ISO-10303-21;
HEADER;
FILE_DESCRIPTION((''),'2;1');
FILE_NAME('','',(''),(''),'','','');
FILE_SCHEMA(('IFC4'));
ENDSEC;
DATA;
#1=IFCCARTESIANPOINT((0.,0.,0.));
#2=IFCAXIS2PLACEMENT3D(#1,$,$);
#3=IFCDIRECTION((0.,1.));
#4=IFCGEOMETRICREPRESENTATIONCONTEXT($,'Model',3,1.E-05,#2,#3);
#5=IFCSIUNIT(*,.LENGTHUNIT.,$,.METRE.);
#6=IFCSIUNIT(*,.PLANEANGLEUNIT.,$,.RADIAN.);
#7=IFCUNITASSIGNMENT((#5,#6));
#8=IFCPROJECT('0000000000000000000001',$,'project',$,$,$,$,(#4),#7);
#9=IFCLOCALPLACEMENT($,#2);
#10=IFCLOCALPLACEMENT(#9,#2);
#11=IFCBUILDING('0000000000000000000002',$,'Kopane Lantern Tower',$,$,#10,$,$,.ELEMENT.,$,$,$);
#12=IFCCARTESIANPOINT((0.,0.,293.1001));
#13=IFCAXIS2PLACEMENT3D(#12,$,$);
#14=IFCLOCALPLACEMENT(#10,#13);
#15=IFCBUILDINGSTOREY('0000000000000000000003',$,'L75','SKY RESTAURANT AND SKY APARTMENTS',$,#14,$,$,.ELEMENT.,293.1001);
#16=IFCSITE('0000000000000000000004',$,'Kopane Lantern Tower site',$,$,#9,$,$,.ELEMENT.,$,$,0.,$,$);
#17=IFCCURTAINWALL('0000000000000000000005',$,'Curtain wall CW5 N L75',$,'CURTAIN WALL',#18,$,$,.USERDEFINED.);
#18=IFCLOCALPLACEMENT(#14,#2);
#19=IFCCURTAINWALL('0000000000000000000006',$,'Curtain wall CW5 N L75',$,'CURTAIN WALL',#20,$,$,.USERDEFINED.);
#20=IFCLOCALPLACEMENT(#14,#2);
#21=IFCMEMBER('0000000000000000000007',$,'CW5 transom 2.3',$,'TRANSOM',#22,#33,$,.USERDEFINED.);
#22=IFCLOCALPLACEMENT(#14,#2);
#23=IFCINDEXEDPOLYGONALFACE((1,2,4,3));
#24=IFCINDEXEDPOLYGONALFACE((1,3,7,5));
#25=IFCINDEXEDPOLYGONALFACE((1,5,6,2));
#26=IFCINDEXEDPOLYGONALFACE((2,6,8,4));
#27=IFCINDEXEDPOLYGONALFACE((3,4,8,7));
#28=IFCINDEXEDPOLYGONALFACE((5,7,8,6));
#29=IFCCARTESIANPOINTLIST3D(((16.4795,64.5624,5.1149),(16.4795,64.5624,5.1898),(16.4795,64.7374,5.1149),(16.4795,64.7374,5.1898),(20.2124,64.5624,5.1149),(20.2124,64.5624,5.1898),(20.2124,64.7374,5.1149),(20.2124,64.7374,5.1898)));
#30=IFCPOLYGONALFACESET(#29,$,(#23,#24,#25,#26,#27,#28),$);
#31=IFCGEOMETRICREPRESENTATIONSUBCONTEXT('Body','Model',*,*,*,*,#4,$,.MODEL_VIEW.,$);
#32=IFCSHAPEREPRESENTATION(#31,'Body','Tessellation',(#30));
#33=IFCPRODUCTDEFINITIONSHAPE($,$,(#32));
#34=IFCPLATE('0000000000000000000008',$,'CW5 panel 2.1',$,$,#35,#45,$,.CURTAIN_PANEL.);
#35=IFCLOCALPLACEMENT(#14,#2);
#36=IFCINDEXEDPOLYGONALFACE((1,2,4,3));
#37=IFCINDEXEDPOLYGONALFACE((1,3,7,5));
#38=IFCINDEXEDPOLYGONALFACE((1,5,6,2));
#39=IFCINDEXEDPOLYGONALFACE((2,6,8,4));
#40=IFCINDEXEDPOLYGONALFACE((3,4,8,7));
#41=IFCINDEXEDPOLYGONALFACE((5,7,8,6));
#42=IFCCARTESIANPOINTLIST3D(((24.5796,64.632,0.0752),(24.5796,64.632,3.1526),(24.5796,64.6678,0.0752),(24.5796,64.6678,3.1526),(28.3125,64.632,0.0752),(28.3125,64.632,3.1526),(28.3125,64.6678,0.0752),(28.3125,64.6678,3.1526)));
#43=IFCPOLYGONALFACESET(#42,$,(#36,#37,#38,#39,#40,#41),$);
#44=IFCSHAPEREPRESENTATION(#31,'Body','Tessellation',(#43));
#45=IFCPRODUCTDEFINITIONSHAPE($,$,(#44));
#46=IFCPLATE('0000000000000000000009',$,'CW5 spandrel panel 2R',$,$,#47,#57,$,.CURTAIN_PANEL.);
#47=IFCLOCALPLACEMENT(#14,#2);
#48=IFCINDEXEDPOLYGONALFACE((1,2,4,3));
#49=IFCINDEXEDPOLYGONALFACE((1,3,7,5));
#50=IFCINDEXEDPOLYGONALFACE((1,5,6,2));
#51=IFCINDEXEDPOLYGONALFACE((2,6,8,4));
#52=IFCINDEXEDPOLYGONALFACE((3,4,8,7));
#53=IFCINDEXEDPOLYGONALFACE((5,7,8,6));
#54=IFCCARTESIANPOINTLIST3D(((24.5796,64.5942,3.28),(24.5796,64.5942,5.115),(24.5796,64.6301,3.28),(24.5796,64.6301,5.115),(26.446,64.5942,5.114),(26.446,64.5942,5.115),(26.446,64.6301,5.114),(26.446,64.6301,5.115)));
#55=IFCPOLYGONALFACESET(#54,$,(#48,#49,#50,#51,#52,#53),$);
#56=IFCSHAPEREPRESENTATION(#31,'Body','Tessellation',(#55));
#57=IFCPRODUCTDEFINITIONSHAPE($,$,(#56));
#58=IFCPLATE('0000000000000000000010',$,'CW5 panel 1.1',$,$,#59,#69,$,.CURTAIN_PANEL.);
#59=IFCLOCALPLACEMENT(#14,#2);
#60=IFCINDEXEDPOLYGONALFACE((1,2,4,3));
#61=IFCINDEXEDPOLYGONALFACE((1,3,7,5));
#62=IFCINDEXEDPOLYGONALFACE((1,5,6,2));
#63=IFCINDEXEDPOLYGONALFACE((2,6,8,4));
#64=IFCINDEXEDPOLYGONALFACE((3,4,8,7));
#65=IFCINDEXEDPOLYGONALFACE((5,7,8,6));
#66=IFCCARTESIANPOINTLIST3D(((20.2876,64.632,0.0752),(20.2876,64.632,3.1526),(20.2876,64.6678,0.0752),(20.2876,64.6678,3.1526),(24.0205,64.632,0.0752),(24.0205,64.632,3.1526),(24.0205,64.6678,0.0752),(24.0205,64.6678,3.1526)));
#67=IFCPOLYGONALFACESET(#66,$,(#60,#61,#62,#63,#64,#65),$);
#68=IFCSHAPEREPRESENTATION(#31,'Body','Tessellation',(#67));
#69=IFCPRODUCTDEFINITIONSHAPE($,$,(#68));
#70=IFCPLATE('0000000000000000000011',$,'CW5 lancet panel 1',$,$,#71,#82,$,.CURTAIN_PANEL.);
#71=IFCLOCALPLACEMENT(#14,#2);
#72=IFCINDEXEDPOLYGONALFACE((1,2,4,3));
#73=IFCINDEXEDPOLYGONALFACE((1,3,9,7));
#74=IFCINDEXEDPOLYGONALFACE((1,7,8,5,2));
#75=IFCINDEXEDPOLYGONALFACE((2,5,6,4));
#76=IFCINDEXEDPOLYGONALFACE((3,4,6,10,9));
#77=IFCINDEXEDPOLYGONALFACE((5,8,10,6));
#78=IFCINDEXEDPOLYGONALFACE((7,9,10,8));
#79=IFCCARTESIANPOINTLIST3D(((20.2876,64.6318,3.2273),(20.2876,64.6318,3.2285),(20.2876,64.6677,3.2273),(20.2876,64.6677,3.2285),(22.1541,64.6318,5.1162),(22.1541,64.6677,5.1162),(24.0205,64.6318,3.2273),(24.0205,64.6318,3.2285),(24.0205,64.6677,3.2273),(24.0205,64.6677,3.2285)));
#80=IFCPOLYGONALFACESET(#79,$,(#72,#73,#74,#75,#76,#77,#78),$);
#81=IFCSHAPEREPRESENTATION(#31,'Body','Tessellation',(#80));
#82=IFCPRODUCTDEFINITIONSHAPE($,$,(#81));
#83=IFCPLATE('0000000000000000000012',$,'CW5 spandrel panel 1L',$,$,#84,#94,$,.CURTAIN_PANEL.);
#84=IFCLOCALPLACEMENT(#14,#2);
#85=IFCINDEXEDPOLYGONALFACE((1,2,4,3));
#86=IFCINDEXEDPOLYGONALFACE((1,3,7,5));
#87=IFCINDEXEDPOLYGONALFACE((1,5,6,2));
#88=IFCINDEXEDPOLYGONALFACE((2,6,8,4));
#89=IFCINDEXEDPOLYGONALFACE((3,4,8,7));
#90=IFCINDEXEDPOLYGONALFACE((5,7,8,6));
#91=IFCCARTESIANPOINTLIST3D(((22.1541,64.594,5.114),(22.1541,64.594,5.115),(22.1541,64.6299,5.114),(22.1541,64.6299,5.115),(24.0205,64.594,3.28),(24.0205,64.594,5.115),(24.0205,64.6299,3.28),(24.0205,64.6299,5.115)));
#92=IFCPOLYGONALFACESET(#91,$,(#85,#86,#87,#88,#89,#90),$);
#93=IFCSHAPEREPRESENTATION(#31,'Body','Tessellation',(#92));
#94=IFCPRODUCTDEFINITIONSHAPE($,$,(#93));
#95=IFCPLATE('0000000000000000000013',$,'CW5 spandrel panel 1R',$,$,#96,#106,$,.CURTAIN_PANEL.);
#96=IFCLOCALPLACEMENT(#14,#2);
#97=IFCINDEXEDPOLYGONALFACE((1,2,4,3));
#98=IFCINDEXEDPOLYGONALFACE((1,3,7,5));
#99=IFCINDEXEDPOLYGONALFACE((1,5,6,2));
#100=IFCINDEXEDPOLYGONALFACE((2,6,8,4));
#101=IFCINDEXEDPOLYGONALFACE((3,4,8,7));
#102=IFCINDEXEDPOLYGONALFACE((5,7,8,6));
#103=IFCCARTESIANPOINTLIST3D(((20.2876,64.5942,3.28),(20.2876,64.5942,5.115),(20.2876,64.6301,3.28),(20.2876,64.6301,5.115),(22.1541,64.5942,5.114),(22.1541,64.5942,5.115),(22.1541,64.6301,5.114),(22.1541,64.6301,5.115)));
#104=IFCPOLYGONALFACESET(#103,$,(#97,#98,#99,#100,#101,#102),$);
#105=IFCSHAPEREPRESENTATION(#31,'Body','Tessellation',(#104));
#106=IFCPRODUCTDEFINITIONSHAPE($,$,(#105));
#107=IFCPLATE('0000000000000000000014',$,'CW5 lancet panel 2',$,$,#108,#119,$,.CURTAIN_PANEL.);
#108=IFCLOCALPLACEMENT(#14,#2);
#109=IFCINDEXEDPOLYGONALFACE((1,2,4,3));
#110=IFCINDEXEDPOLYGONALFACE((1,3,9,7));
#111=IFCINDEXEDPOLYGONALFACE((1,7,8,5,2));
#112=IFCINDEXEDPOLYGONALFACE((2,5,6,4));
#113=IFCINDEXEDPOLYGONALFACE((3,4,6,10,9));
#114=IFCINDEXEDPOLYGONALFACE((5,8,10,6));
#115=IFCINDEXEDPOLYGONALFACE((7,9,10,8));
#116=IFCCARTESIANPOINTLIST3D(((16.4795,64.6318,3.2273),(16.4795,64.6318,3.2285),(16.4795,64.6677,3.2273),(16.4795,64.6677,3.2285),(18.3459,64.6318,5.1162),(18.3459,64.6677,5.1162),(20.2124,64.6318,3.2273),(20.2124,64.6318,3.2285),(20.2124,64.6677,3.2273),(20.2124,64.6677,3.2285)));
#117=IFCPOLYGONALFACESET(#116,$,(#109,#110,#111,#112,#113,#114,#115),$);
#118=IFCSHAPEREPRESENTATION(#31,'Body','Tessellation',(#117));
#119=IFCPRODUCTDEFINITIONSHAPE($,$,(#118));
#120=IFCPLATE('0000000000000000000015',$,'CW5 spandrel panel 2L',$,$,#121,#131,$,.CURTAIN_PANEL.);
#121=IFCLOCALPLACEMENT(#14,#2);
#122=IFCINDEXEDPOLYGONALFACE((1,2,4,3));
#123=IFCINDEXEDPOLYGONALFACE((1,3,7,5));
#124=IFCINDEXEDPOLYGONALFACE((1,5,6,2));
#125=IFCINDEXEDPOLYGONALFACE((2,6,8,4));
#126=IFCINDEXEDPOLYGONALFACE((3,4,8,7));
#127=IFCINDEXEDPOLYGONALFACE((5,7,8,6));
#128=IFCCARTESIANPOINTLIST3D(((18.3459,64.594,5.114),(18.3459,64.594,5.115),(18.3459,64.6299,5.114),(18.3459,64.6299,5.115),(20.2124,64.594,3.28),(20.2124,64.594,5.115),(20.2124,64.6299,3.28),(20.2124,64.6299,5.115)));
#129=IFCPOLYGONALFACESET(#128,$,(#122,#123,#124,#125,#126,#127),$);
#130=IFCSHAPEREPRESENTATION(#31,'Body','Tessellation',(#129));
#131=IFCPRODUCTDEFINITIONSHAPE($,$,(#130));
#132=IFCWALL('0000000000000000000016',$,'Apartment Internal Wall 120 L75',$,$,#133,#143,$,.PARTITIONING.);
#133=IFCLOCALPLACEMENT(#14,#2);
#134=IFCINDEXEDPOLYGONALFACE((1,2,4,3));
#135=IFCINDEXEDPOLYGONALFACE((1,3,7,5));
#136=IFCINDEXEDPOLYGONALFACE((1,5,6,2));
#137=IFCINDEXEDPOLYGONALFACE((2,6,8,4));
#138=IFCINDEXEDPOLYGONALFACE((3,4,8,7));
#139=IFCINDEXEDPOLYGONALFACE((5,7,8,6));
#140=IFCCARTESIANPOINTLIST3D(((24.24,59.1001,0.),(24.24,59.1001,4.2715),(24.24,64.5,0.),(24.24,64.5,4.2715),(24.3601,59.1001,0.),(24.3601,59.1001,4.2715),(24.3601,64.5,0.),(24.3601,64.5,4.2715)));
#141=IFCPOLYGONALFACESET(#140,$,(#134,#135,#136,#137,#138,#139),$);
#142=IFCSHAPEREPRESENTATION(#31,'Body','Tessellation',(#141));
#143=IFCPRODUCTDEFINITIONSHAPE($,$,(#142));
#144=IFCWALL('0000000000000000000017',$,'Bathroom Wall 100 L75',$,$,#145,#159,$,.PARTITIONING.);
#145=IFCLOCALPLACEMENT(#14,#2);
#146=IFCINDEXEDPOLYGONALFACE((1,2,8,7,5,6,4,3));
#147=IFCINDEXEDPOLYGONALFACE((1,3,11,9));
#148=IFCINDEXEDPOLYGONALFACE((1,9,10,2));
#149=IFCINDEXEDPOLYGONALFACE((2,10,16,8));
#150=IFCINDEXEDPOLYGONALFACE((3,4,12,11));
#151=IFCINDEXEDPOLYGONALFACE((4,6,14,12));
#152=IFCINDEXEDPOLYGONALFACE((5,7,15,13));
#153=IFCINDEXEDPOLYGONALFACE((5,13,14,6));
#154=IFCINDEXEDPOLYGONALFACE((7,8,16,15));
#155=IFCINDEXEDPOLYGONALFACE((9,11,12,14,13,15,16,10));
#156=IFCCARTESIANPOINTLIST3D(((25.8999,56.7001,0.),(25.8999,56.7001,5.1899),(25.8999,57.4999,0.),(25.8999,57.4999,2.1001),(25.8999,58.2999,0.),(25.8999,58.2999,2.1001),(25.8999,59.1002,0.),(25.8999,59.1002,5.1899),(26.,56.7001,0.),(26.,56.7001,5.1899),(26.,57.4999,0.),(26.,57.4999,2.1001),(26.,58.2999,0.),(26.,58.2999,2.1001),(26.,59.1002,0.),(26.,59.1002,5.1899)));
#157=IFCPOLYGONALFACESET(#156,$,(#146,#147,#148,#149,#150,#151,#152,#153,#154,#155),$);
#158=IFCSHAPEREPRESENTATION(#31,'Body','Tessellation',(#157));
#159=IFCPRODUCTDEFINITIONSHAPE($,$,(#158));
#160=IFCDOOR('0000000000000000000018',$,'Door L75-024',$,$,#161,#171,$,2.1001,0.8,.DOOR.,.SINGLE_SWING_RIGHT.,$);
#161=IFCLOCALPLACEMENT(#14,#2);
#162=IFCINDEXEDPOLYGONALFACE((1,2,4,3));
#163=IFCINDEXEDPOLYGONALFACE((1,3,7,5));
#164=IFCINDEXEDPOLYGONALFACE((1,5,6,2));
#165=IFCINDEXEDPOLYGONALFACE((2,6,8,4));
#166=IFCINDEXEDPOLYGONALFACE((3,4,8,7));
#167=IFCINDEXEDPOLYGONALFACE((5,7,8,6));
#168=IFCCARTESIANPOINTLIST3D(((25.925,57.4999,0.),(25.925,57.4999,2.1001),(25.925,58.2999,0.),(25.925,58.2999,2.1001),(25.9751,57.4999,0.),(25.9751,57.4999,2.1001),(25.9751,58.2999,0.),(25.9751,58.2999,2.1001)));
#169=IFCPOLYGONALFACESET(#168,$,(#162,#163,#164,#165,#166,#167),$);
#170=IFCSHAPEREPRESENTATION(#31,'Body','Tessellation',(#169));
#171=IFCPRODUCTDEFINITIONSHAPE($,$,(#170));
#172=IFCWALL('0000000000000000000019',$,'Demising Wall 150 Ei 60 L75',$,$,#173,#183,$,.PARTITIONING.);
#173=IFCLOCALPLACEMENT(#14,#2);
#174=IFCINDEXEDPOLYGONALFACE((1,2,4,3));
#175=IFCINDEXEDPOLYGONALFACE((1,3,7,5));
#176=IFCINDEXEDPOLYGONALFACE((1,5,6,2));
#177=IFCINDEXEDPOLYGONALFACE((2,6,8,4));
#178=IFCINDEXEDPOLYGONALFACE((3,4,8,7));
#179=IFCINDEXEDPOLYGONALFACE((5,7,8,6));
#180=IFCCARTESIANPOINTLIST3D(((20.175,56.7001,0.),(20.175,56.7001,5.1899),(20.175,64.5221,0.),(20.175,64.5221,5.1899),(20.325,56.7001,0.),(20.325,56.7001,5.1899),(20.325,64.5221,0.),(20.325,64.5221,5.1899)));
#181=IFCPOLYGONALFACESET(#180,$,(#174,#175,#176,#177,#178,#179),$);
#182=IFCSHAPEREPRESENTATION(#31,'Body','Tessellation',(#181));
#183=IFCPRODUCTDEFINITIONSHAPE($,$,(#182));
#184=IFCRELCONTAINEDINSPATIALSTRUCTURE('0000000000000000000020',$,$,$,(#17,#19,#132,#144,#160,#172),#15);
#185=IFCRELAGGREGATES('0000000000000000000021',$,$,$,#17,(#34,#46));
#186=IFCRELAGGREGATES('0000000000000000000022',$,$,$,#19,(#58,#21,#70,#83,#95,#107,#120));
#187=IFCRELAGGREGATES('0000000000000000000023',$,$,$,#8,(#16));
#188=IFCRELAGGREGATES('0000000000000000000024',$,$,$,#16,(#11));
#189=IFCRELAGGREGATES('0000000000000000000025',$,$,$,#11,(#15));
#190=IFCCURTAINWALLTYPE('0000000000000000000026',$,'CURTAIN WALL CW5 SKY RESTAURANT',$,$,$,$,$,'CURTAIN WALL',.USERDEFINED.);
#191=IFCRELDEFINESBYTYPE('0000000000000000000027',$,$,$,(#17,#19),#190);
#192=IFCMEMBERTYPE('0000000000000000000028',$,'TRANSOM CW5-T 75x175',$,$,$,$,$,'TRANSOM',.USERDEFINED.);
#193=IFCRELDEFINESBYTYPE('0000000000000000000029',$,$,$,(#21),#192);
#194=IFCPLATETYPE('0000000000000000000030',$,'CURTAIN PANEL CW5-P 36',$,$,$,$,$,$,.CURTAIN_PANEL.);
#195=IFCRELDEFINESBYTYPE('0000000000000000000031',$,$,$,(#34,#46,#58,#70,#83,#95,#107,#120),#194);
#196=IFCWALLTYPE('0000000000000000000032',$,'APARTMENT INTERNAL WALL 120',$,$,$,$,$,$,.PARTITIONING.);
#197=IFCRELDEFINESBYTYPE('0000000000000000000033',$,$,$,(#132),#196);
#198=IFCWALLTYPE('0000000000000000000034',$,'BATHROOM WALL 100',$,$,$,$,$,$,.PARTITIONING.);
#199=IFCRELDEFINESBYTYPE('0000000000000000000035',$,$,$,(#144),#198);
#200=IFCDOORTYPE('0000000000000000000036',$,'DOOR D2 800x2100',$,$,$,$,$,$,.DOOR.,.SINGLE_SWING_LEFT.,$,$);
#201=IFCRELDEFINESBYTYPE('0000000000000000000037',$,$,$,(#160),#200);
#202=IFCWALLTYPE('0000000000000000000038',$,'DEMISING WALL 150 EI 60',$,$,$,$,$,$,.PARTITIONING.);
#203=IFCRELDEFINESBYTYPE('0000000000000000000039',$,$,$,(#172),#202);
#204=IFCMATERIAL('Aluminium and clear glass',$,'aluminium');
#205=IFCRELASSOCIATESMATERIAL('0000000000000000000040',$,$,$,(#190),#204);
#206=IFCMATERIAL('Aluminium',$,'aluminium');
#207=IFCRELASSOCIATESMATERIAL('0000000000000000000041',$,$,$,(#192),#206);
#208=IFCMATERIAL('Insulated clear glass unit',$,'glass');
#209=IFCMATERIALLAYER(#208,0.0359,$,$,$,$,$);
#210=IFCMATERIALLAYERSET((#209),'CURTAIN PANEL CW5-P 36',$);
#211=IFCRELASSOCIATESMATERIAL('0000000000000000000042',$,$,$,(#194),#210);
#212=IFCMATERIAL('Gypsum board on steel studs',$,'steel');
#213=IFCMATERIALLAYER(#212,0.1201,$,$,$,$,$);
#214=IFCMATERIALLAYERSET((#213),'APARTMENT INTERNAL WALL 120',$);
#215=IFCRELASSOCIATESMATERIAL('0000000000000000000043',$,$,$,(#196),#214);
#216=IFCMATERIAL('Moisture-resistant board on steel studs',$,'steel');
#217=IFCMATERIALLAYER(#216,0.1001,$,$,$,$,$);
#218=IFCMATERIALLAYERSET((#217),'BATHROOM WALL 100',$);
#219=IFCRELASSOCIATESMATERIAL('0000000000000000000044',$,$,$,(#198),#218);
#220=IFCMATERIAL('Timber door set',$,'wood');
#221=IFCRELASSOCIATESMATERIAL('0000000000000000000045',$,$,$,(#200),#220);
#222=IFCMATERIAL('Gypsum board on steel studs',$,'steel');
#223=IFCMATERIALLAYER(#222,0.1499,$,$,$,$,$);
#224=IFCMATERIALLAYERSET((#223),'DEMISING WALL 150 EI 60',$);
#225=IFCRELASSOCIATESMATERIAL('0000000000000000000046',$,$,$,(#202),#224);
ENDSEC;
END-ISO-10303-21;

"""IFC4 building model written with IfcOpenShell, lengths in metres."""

from ifc_helpers import new_model, si_unit, direction, frame, frame_2d, origin, origin_2d, place, context, subcontext, project, spatial, polyline, rectangle, outline, extrude, material, layer, layer_set, material_profile, profile_set, type_object, element, fill, aggregate, save


model = new_model("IFC4")

# Units and contexts
model_context = context("Model", 3, precision=1e-05, world=origin(), true_north=direction((0.0, 1.0)))
body_context = subcontext(model_context, "Body", "Model", "MODEL_VIEW")
ifc_project = project(units=[si_unit("LENGTHUNIT", "METRE"), si_unit("PLANEANGLEUNIT", "RADIAN")], contexts=[model_context])

# Site, building, storey
site_placement = place(None, origin())
site = spatial("IfcSite", under=ifc_project, at=site_placement, Name="Kopane Lantern Tower site", CompositionType="ELEMENT", RefElevation=0.0)
building_placement = place(site_placement, origin())
building = spatial("IfcBuilding", under=site, at=building_placement, Name="Kopane Lantern Tower", CompositionType="ELEMENT")
storey_placement = place(building_placement, frame((0.0, 0.0, 293.1001)))
storey = spatial("IfcBuildingStorey", under=building, at=storey_placement, Name="L75", Description="SKY RESTAURANT AND SKY APARTMENTS", CompositionType="ELEMENT", Elevation=293.1001)

# Curtain walls, member
ifc_material_1 = material(Name="Aluminium and clear glass", Category="aluminium")
curtain_wall_type = type_object("IfcCurtainWallType", Name="CURTAIN WALL CW5 SKY RESTAURANT", ElementType="CURTAIN WALL", PredefinedType="USERDEFINED", material=ifc_material_1)
curtain_wall_1_placement = place(storey_placement, origin())
curtain_wall_1 = element("IfcCurtainWall", 1, at=curtain_wall_1_placement, inside=storey, type_object=curtain_wall_type, Name="Curtain wall CW5 N L75", ObjectType="CURTAIN WALL", PredefinedType="USERDEFINED")
curtain_wall_2_placement = place(storey_placement, origin())
curtain_wall_2 = element("IfcCurtainWall", 2, at=curtain_wall_2_placement, inside=storey, type_object=curtain_wall_type, Name="Curtain wall CW5 N L75", ObjectType="CURTAIN WALL", PredefinedType="USERDEFINED")
ifc_material_2 = material(Name="Aluminium", Category="aluminium")
ifc_material_profile_1 = material_profile(ifc_material_2, rectangle(XDim=0.175, YDim=0.075, at=origin_2d()), Name="AL 175x75")
ifc_profile_set_1 = profile_set([ifc_material_profile_1], Name="Aluminium")
member_type_1 = type_object("IfcMemberType", Name="TRANSOM CW5-T 75x175", ElementType="TRANSOM", PredefinedType="USERDEFINED", material=ifc_profile_set_1)
member_1_placement = place(storey_placement, frame((20.2124, 64.6499, 5.1523), z_axis=(-1.0, 0.0, 0.0), x_axis=(0.0, -1.0, 0.0)))
member_1 = element("IfcMember", 3, at=member_1_placement, type_object=member_type_1, Name="CW5 transom 2.3", ObjectType="TRANSOM", PredefinedType="USERDEFINED", context=body_context, shape_type="SweptSolid", body=[
    extrude(rectangle(XDim=0.175, YDim=0.075, at=origin_2d()), origin(), (0.0, 0.0, 1.0), 3.7329),
])

# Plates
ifc_material_3 = material(Name="Insulated clear glass unit", Category="glass")
ifc_layer_1 = layer(ifc_material_3, 0.0359)
ifc_layer_set_1 = layer_set([ifc_layer_1], Name="CURTAIN PANEL CW5-P 36")
plate_type = type_object("IfcPlateType", Name="CURTAIN PANEL CW5-P 36", PredefinedType="CURTAIN_PANEL", material=ifc_layer_set_1)
plate_1_placement = place(storey_placement, frame((26.446, 64.6499, 0.0752), z_axis=(0.0, 0.0, 1.0), x_axis=(-1.0, 0.0, 0.0)))
plate_1 = element("IfcPlate", 4, at=plate_1_placement, type_object=plate_type, Name="CW5 panel 2.1", PredefinedType="CURTAIN_PANEL", context=body_context, shape_type="SweptSolid", body=[
    extrude(rectangle(XDim=3.7329, YDim=0.0359, at=origin_2d()), origin(), (0.0, 0.0, 1.0), 3.0774),
])
plate_2_placement = place(storey_placement, frame((24.5796, 64.6121, 5.115), z_axis=(0.0, 0.0, 1.0), x_axis=(1.0, 0.0, 0.0)))
plate_2 = element("IfcPlate", 5, at=plate_2_placement, type_object=plate_type, Name="CW5 spandrel panel 2R", PredefinedType="CURTAIN_PANEL", context=body_context, shape_type="SweptSolid", body=[
    extrude(outline(polyline([(0.0, 0.0), (1.8665, 0.0), (1.8665, -0.001), (0.0, -1.835), (0.0, 0.0)])), frame((0.0, 0.0181, 0.0), z_axis=(0.0, -1.0, 0.0), x_axis=(1.0, 0.0, 0.0)), (0.0, 0.0, 1.0), 0.0359),
])
aggregate(curtain_wall_1, [plate_1, plate_2])
plate_3_placement = place(storey_placement, frame((22.1541, 64.6499, 0.0752), z_axis=(0.0, 0.0, 1.0), x_axis=(-1.0, 0.0, 0.0)))
plate_3 = element("IfcPlate", 6, at=plate_3_placement, type_object=plate_type, Name="CW5 panel 1.1", PredefinedType="CURTAIN_PANEL", context=body_context, shape_type="SweptSolid", body=[
    extrude(rectangle(XDim=3.7329, YDim=0.0359, at=origin_2d()), origin(), (0.0, 0.0, 1.0), 3.0774),
])
plate_4_placement = place(storey_placement, frame((24.0205, 64.6499, 3.2273), z_axis=(0.0, 0.0, 1.0), x_axis=(-1.0, 0.0, 0.0)))
plate_4 = element("IfcPlate", 7, at=plate_4_placement, type_object=plate_type, Name="CW5 lancet panel 1", PredefinedType="CURTAIN_PANEL", context=body_context, shape_type="SweptSolid", body=[
    extrude(outline(polyline([(0.0, 0.0), (3.7329, 0.0), (3.7329, 0.0012), (1.8665, 1.8889), (0.0, 0.0012), (0.0, 0.0)])), frame((0.0, 0.0181, 0.0), z_axis=(0.0, -1.0, 0.0), x_axis=(1.0, 0.0, 0.0)), (0.0, 0.0, 1.0), 0.0359),
])
plate_5_placement = place(storey_placement, frame((24.0205, 64.6121, 5.115), z_axis=(0.0, 0.0, 1.0), x_axis=(-1.0, 0.0, 0.0)))
plate_5 = element("IfcPlate", 8, at=plate_5_placement, type_object=plate_type, Name="CW5 spandrel panel 1L", PredefinedType="CURTAIN_PANEL", context=body_context, shape_type="SweptSolid", body=[
    extrude(outline(polyline([(0.0, 0.0), (1.8665, 0.0), (1.8665, -0.001), (0.0, -1.835), (0.0, 0.0)])), frame((0.0, 0.0181, 0.0), z_axis=(0.0, -1.0, 0.0), x_axis=(1.0, 0.0, 0.0)), (0.0, 0.0, 1.0), 0.0359),
])
plate_6_placement = place(storey_placement, frame((20.2876, 64.6121, 5.115), z_axis=(0.0, 0.0, 1.0), x_axis=(1.0, 0.0, 0.0)))
plate_6 = element("IfcPlate", 9, at=plate_6_placement, type_object=plate_type, Name="CW5 spandrel panel 1R", PredefinedType="CURTAIN_PANEL", context=body_context, shape_type="SweptSolid", body=[
    extrude(outline(polyline([(0.0, 0.0), (1.8665, 0.0), (1.8665, -0.001), (0.0, -1.835), (0.0, 0.0)])), frame((0.0, 0.0181, 0.0), z_axis=(0.0, -1.0, 0.0), x_axis=(1.0, 0.0, 0.0)), (0.0, 0.0, 1.0), 0.0359),
])
plate_7_placement = place(storey_placement, frame((20.2124, 64.6499, 3.2273), z_axis=(0.0, 0.0, 1.0), x_axis=(-1.0, 0.0, 0.0)))
plate_7 = element("IfcPlate", 10, at=plate_7_placement, type_object=plate_type, Name="CW5 lancet panel 2", PredefinedType="CURTAIN_PANEL", context=body_context, shape_type="SweptSolid", body=[
    extrude(outline(polyline([(0.0, 0.0), (3.7329, 0.0), (3.7329, 0.0012), (1.8665, 1.8889), (0.0, 0.0012), (0.0, 0.0)])), frame((0.0, 0.0181, 0.0), z_axis=(0.0, -1.0, 0.0), x_axis=(1.0, 0.0, 0.0)), (0.0, 0.0, 1.0), 0.0359),
])
plate_8_placement = place(storey_placement, frame((20.2124, 64.6121, 5.115), z_axis=(0.0, 0.0, 1.0), x_axis=(-1.0, 0.0, 0.0)))
plate_8 = element("IfcPlate", 11, at=plate_8_placement, type_object=plate_type, Name="CW5 spandrel panel 2L", PredefinedType="CURTAIN_PANEL", context=body_context, shape_type="SweptSolid", body=[
    extrude(outline(polyline([(0.0, 0.0), (1.8665, 0.0), (1.8665, -0.001), (0.0, -1.835), (0.0, 0.0)])), frame((0.0, 0.0181, 0.0), z_axis=(0.0, -1.0, 0.0), x_axis=(1.0, 0.0, 0.0)), (0.0, 0.0, 1.0), 0.0359),
])
aggregate(curtain_wall_2, [plate_3, member_1, plate_4, plate_5, plate_6, plate_7, plate_8])

# Wall
ifc_material_4 = material(Name="Gypsum board on steel studs", Category="steel")
ifc_layer_2 = layer(ifc_material_4, 0.1201)
ifc_layer_set_2 = layer_set([ifc_layer_2], Name="APARTMENT INTERNAL WALL 120")
wall_type_1 = type_object("IfcWallType", Name="APARTMENT INTERNAL WALL 120", PredefinedType="PARTITIONING", material=ifc_layer_set_2)
wall_1_placement = place(storey_placement, frame((24.3, 59.1001, 0.0), z_axis=(0.0, 0.0, 1.0), x_axis=(0.0, 1.0, 0.0)))
element("IfcWall", 12, at=wall_1_placement, inside=storey, type_object=wall_type_1, Name="Apartment Internal Wall 120 L75", PredefinedType="PARTITIONING", context=body_context, shape_type="SweptSolid", body=[
    extrude(rectangle(XDim=5.3999, YDim=0.1201, at=frame_2d((2.7, 0.0))), origin(), (0.0, 0.0, 1.0), 4.2715),
])

# Wall, opening, door
ifc_material_5 = material(Name="Moisture-resistant board on steel studs", Category="steel")
ifc_layer_3 = layer(ifc_material_5, 0.1001)
ifc_layer_set_3 = layer_set([ifc_layer_3], Name="BATHROOM WALL 100")
wall_type_2 = type_object("IfcWallType", Name="BATHROOM WALL 100", PredefinedType="PARTITIONING", material=ifc_layer_set_3)
wall_2_placement = place(storey_placement, frame((25.95, 56.7, 0.0), z_axis=(0.0, 0.0, 1.0), x_axis=(0.0, 1.0, 0.0)))
wall_2 = element("IfcWall", 13, at=wall_2_placement, inside=storey, type_object=wall_type_2, Name="Bathroom Wall 100 L75", PredefinedType="PARTITIONING", context=body_context, shape_type="SweptSolid", body=[
    extrude(rectangle(XDim=2.4001, YDim=0.1001, at=frame_2d((1.2002, 0.0))), origin(), (0.0, 0.0, 1.0), 5.1899),
])
opening_placement = place(wall_2_placement, frame((0.8, 0.0, 0.0)))
opening = element("IfcOpeningElement", 14, at=opening_placement, cuts=wall_2, PredefinedType="OPENING", context=body_context, shape_type="SweptSolid", body=[
    extrude(rectangle(XDim=0.8, YDim=2.1001, at=frame_2d((0.3999, 1.05))), frame((0.0, 0.0601, 0.0), z_axis=(0.0, -1.0, 0.0), x_axis=(1.0, 0.0, 0.0)), (0.0, 0.0, 1.0), 0.1201),
])
ifc_material_6 = material(Name="Timber door set", Category="wood")
door_type = type_object("IfcDoorType", Name="DOOR D2 800x2100", OperationType="SINGLE_SWING_LEFT", PredefinedType="DOOR", material=ifc_material_6)
door_placement = place(opening_placement, origin())
door = element("IfcDoor", 15, at=door_placement, inside=storey, type_object=door_type, Name="Door L75-024", OperationType="SINGLE_SWING_RIGHT", OverallHeight=2.1001, OverallWidth=0.8, PredefinedType="DOOR", context=body_context, shape_type="SweptSolid", body=[
    extrude(rectangle(XDim=0.8, YDim=2.1001, at=frame_2d((0.3999, 1.05))), frame((0.0, 0.0249, 0.0), z_axis=(0.0, -1.0, 0.0), x_axis=(1.0, 0.0, 0.0)), (0.0, 0.0, 1.0), 0.05),
])
fill(opening, door)

# Wall
ifc_material_7 = material(Name="Gypsum board on steel studs", Category="steel")
ifc_layer_4 = layer(ifc_material_7, 0.1499)
ifc_layer_set_4 = layer_set([ifc_layer_4], Name="DEMISING WALL 150 EI 60")
wall_type_3 = type_object("IfcWallType", Name="DEMISING WALL 150 EI 60", PredefinedType="PARTITIONING", material=ifc_layer_set_4)
wall_3_placement = place(storey_placement, frame((20.25, 56.7, 0.0), z_axis=(0.0, 0.0, 1.0), x_axis=(0.0, 1.0, 0.0)))
element("IfcWall", 16, at=wall_3_placement, inside=storey, type_object=wall_type_3, Name="Demising Wall 150 Ei 60 L75", PredefinedType="PARTITIONING", context=body_context, shape_type="SweptSolid", body=[
    extrude(rectangle(XDim=7.822, YDim=0.1499, at=frame_2d((3.9111, 0.0))), origin(), (0.0, 0.0, 1.0), 5.1899),
])

save(model, "model.ifc")
